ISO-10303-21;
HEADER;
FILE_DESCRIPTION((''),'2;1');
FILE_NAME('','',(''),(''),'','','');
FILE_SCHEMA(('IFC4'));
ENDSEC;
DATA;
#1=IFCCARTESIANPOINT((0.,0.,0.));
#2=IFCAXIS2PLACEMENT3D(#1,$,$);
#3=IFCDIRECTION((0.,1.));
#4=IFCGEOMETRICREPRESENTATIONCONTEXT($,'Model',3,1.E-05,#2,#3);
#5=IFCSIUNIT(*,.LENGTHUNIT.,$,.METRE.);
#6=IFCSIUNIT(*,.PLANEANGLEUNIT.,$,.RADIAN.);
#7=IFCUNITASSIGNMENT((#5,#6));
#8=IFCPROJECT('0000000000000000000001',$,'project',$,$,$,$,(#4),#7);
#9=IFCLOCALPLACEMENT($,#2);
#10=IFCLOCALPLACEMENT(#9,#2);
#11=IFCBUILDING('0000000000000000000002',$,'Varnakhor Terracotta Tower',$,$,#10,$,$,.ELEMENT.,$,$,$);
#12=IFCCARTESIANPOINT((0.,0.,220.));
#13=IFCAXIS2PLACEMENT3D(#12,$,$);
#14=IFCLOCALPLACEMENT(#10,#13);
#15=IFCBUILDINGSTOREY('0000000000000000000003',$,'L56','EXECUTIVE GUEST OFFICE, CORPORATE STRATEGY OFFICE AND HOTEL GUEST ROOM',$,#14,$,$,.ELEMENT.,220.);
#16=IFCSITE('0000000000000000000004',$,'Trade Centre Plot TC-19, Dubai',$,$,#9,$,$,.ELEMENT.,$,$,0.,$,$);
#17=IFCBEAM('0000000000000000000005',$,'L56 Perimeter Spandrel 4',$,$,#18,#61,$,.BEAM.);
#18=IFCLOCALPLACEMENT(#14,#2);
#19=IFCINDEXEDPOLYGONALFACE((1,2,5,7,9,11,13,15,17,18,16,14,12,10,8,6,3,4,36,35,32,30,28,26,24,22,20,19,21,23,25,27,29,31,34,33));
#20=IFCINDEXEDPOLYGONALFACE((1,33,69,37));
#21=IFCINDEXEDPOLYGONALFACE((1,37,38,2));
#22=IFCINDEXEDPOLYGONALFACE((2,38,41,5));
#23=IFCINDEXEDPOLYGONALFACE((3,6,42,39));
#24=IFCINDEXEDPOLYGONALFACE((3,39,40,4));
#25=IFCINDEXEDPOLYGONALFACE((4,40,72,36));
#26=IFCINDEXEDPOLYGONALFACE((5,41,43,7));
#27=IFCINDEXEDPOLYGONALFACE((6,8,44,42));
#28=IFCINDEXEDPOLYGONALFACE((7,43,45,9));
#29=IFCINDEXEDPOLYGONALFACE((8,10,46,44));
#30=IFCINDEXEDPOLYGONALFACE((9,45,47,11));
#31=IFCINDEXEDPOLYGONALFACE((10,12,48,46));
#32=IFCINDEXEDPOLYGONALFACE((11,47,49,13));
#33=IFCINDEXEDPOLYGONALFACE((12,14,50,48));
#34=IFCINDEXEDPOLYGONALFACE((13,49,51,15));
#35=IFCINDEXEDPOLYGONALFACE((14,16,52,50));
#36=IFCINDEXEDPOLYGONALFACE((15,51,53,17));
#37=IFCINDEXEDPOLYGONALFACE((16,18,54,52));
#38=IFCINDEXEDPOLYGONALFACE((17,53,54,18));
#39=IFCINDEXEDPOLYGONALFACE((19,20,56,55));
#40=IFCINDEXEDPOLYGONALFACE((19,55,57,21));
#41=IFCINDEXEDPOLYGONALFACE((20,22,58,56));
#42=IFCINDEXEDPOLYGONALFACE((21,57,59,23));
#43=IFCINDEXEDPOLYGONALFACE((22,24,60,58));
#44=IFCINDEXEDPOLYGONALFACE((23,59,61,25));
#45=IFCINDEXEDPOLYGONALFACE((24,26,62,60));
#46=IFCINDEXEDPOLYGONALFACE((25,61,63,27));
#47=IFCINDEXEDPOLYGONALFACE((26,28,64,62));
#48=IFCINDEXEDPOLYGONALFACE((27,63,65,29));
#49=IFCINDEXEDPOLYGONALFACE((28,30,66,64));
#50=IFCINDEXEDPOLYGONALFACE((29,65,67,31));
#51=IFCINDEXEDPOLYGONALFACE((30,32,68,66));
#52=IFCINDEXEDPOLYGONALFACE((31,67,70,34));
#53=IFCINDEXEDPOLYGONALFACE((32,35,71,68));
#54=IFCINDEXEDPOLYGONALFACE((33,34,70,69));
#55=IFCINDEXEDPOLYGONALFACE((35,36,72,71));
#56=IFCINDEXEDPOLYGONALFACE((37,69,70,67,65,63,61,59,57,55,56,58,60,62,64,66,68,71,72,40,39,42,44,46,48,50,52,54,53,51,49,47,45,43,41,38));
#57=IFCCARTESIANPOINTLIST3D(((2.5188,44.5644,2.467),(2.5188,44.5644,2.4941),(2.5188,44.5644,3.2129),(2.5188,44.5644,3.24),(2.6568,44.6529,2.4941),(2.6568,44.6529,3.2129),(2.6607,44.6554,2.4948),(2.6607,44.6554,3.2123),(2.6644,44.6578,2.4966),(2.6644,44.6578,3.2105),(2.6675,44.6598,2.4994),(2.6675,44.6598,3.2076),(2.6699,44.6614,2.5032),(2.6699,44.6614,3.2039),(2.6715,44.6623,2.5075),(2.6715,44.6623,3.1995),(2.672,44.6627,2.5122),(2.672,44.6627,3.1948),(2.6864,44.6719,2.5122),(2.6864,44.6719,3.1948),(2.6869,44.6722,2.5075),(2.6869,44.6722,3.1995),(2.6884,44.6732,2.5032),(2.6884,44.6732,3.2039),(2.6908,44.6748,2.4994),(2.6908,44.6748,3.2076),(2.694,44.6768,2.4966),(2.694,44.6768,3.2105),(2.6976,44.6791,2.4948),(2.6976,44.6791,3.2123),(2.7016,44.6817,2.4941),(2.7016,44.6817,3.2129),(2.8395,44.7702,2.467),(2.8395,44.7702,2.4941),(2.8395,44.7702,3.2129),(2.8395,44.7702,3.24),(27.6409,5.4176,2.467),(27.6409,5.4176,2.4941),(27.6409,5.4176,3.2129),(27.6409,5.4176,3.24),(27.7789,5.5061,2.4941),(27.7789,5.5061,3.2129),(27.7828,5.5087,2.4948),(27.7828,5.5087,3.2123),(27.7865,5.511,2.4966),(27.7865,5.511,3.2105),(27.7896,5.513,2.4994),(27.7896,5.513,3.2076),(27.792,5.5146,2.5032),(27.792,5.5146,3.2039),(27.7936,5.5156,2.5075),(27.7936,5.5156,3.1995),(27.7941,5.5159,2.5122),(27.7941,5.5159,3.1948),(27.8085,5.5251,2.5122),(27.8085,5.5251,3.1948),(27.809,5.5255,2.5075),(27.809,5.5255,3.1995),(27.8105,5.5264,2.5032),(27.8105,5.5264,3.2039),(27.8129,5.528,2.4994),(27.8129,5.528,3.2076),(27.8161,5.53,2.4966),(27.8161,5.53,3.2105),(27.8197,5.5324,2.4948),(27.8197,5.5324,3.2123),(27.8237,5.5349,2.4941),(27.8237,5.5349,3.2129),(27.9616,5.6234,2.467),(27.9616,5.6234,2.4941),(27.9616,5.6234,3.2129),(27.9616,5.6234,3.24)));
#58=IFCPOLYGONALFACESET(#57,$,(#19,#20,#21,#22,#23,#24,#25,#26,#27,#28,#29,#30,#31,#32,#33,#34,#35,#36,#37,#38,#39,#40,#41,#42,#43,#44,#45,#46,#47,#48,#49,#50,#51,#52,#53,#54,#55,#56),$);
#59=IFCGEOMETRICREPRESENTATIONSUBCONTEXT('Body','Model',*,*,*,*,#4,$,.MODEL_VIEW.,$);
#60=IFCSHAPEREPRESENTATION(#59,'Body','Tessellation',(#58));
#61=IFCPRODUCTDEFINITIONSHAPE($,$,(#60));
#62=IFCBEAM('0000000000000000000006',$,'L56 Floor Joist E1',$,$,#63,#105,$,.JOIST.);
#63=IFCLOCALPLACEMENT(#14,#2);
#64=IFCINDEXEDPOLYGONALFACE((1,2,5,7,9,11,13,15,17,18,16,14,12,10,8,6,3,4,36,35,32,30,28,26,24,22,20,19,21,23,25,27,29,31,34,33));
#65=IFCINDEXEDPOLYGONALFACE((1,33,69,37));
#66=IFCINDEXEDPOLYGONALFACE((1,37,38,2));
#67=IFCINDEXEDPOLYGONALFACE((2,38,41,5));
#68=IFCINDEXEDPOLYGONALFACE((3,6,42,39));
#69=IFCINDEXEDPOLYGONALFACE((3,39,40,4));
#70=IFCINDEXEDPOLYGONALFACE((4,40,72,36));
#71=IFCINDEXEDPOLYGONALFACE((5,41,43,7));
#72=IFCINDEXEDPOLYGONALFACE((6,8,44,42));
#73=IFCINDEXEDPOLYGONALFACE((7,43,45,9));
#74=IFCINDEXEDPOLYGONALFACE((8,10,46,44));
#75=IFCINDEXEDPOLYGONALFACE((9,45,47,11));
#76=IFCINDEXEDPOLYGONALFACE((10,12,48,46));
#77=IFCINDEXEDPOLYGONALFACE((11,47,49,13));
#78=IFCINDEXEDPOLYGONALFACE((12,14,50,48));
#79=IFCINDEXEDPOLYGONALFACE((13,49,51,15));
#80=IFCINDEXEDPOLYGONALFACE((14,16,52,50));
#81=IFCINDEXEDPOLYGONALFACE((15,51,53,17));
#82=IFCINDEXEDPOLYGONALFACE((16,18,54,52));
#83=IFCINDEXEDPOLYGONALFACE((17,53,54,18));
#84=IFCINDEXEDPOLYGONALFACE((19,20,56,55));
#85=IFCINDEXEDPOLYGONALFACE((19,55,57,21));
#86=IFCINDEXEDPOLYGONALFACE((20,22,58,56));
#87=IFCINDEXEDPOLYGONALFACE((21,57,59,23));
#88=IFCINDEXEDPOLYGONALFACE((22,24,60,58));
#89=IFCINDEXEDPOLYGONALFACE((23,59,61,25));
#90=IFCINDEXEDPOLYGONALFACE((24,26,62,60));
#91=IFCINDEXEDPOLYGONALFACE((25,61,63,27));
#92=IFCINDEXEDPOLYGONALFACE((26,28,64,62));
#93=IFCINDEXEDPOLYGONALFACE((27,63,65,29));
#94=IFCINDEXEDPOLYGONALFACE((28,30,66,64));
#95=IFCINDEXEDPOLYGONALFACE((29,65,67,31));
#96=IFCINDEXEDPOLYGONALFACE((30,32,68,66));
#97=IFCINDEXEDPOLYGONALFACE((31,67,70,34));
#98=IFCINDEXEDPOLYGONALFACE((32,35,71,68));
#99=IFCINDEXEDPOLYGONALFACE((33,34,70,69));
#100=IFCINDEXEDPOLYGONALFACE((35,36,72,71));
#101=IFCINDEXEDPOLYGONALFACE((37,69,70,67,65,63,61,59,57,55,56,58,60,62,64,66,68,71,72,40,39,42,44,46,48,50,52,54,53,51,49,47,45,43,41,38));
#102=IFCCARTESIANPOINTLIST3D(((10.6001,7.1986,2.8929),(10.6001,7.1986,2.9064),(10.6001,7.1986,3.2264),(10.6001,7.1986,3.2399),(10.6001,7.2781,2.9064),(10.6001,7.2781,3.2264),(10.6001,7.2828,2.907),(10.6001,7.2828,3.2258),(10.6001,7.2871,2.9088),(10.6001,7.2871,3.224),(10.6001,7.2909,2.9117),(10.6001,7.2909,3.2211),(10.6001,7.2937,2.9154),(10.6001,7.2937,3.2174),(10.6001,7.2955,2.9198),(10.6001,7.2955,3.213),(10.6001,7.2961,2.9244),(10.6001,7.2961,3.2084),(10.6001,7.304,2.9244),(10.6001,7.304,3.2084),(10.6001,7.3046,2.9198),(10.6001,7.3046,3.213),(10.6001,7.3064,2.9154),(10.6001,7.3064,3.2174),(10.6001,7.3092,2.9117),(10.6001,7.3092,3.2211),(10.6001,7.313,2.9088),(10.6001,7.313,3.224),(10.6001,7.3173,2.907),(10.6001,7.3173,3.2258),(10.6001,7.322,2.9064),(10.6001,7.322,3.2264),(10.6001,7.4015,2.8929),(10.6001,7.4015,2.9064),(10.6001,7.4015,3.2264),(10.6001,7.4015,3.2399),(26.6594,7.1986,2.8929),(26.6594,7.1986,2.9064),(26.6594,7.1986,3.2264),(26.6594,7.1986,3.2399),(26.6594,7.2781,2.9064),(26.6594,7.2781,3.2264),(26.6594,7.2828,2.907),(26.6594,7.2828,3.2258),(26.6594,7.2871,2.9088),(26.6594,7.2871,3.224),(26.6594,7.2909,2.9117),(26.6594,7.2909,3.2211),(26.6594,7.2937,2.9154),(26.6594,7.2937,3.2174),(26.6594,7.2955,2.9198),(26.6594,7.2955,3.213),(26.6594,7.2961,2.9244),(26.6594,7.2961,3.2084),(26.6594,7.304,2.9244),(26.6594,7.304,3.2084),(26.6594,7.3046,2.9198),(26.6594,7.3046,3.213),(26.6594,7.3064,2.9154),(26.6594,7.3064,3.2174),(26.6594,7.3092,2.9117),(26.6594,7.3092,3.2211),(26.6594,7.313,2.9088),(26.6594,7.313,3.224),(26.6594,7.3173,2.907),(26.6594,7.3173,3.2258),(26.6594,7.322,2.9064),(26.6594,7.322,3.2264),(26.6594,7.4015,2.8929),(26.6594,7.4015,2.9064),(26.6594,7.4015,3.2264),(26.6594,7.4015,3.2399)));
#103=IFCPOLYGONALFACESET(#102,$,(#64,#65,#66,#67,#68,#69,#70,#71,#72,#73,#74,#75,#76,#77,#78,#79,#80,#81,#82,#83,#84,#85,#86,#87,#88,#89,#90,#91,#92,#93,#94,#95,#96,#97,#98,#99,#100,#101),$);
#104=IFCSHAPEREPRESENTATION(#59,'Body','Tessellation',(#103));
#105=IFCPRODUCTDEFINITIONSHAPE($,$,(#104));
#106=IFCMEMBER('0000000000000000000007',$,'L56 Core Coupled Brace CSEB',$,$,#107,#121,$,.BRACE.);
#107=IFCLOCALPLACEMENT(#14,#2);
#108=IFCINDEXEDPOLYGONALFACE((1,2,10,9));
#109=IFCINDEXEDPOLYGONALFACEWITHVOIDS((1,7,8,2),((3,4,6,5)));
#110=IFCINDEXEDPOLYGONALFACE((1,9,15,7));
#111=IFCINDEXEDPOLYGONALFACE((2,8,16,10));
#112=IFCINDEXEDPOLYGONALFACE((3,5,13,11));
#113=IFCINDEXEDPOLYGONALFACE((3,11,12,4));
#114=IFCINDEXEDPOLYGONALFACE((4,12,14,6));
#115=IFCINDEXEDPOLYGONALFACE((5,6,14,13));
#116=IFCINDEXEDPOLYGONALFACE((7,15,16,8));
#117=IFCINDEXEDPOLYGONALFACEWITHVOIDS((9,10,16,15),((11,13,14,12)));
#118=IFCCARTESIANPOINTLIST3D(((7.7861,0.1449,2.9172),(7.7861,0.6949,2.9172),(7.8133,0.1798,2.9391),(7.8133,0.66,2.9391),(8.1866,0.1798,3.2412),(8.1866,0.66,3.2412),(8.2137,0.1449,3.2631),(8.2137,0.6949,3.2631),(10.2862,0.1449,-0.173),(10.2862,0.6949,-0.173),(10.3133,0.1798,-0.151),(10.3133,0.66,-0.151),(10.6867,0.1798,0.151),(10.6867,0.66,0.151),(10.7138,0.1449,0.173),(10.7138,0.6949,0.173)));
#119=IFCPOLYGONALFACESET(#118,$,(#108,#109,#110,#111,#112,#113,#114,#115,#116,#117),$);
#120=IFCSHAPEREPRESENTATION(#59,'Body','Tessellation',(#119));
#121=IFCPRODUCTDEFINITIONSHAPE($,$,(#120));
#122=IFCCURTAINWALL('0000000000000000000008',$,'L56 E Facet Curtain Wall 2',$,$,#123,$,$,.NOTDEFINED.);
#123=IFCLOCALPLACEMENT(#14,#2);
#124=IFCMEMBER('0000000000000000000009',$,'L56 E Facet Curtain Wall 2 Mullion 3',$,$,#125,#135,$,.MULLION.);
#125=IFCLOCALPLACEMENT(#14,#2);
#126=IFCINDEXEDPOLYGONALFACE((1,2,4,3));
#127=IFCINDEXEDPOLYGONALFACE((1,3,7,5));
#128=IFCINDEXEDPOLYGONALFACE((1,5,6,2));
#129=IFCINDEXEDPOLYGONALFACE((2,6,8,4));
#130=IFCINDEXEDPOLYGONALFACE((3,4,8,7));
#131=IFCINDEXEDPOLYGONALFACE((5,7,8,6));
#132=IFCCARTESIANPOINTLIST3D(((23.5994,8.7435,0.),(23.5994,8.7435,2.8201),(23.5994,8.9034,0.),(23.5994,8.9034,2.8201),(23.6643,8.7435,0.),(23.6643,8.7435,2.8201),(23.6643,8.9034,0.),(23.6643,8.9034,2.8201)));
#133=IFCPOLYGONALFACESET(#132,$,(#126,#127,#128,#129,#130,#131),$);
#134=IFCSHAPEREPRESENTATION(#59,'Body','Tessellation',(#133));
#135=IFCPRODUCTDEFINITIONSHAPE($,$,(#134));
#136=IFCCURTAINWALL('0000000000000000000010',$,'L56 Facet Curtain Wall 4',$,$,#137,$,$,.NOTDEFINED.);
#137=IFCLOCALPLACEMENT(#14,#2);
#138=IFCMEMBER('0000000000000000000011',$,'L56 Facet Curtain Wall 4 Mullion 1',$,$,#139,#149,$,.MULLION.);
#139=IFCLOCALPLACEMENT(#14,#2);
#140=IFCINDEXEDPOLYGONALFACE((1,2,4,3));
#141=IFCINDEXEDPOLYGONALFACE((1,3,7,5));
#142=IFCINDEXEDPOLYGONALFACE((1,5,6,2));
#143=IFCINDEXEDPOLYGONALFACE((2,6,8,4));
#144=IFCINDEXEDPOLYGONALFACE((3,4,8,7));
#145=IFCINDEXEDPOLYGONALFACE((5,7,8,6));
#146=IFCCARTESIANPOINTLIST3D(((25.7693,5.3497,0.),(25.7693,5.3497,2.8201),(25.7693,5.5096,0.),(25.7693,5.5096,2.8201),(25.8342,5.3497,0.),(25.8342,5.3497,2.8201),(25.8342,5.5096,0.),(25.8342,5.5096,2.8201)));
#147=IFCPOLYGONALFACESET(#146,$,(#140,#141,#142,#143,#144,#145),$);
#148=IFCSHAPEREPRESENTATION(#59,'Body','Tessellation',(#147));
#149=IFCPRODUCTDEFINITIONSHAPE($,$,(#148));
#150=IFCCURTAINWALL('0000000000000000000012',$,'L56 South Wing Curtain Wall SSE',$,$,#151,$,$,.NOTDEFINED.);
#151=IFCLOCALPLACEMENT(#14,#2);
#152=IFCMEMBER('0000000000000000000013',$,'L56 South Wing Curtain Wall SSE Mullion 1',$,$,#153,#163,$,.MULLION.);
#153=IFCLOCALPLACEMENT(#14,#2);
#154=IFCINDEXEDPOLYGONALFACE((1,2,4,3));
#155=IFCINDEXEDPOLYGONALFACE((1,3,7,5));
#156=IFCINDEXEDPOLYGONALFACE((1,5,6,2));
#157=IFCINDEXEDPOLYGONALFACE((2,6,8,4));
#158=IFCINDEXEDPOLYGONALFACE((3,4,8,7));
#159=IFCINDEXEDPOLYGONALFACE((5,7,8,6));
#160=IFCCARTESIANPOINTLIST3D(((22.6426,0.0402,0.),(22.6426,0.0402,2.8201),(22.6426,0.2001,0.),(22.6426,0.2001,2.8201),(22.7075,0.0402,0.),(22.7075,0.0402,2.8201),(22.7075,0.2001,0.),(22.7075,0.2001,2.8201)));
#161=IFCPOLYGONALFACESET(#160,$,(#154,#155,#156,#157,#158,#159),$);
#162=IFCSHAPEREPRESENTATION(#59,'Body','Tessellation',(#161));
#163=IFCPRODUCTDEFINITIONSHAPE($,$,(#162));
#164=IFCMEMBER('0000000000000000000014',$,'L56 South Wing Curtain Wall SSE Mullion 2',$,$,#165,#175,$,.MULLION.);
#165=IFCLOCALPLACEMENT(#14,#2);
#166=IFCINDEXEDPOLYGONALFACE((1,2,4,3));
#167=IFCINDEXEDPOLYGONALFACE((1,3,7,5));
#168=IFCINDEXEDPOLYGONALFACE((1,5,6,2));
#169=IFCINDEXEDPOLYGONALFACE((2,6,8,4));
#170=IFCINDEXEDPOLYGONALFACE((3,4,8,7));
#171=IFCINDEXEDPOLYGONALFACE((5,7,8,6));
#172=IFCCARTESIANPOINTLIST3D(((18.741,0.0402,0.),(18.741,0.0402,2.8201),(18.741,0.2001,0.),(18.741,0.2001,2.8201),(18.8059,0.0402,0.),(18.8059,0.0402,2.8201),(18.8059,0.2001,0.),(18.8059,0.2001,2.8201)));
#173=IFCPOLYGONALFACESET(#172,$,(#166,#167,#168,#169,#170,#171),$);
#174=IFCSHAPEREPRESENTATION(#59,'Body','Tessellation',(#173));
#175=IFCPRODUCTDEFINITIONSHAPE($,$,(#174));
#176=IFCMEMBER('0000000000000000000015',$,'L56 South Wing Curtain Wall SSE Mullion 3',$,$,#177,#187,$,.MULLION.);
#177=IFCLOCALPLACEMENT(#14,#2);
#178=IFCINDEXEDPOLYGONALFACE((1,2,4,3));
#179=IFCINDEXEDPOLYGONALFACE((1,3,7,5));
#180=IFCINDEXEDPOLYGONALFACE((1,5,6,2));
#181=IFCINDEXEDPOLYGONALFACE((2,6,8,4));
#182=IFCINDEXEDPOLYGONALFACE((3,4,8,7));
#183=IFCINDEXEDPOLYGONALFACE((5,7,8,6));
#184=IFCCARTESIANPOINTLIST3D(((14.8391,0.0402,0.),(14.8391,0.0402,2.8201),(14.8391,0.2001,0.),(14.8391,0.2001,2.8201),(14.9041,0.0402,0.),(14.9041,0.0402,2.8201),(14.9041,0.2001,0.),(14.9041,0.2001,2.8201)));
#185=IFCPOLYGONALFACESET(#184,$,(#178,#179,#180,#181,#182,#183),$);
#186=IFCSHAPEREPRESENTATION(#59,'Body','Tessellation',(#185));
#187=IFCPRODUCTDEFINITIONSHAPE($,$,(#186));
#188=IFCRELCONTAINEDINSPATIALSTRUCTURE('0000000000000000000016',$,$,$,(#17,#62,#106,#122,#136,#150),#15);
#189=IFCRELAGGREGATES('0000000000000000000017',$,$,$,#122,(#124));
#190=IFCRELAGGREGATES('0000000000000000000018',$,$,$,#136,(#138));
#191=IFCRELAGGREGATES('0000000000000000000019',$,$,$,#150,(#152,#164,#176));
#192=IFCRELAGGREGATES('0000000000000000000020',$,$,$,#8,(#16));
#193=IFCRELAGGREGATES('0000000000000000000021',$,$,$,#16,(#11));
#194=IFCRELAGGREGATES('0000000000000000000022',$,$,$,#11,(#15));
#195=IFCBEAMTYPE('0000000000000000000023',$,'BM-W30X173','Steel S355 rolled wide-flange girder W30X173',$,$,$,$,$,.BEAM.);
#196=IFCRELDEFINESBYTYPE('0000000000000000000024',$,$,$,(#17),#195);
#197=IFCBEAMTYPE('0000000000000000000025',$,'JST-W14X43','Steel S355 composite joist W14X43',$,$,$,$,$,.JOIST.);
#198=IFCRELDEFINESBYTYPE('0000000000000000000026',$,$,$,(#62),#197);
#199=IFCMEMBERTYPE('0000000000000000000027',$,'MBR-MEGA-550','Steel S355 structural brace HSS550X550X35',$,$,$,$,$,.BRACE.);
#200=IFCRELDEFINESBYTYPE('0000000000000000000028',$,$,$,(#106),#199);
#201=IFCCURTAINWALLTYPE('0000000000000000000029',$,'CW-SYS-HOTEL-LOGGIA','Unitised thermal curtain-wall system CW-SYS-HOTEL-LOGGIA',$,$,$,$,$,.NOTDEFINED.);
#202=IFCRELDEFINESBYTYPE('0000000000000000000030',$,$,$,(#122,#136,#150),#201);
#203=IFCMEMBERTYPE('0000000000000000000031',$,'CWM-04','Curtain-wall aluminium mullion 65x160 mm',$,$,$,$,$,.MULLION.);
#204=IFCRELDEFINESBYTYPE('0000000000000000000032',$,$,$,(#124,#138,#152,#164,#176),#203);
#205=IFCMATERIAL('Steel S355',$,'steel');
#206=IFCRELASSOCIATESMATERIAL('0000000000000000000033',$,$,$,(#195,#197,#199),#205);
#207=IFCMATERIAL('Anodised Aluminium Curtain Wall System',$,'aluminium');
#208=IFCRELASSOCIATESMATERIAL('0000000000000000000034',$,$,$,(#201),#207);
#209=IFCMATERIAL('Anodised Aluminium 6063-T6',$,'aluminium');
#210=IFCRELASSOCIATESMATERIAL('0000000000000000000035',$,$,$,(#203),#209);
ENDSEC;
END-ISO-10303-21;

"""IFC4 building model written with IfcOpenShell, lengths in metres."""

from ifc_helpers import new_model, si_unit, direction, frame, origin, origin_2d, place, context, subcontext, project, spatial, rectangle, hollow_rectangle, i_section, extrude, source, transform, mapped, material, material_profile, profile_set, type_object, type_shapes, element, aggregate, save


model = new_model("IFC4")

# Units and contexts
model_context = context("Model", 3, precision=1e-05, world=origin(), true_north=direction((0.0, 1.0)))
body_context = subcontext(model_context, "Body", "Model", "MODEL_VIEW")
ifc_project = project(units=[si_unit("LENGTHUNIT", "METRE"), si_unit("PLANEANGLEUNIT", "RADIAN")], contexts=[model_context])

# Site, building, storey
site_placement = place(None, origin())
site = spatial("IfcSite", under=ifc_project, at=site_placement, Name="Trade Centre Plot TC-19, Dubai", CompositionType="ELEMENT", RefElevation=0.0)
building_placement = place(site_placement, origin())
building = spatial("IfcBuilding", under=site, at=building_placement, Name="Varnakhor Terracotta Tower", CompositionType="ELEMENT")
storey_placement = place(building_placement, frame((0.0, 0.0, 220.0)))
storey = spatial("IfcBuildingStorey", under=building, at=storey_placement, Name="L56", Description="EXECUTIVE GUEST OFFICE, CORPORATE STRATEGY OFFICE AND HOTEL GUEST ROOM", CompositionType="ELEMENT", Elevation=220.0)

# Beams
ifc_material_1 = material(Name="Steel S355", Category="steel")
ifc_material_profile_1 = material_profile(ifc_material_1, i_section(OverallWidth=0.3811, OverallDepth=0.7729, WebThickness=0.0171, FlangeThickness=0.0271, FilletRadius=0.0181, at=origin_2d()), Name="W30X173")
ifc_profile_set_1 = profile_set([ifc_material_profile_1], Name="Steel S355")
beam_type_1 = type_object("IfcBeamType", Name="BM-W30X173", Description="Steel S355 rolled wide-flange girder W30X173", PredefinedType="BEAM", material=ifc_profile_set_1)
shared_shape_1 = source(origin(), body_context, "Body", "SweptSolid", [
    extrude(i_section(OverallWidth=0.3811, OverallDepth=0.7729, WebThickness=0.0171, FlangeThickness=0.0271, FilletRadius=0.0181, at=origin_2d()), origin(), (0.0, 0.0, 1.0), 46.5144),
])
beam_1_placement = place(storey_placement, frame((27.8013, 5.5205, 2.8535), z_axis=(-0.540093, 0.841605, 0.0), x_axis=(-0.841605, -0.540093, 0.0)))
element("IfcBeam", 1, at=beam_1_placement, inside=storey, type_object=beam_type_1, Name="L56 Perimeter Spandrel 4", PredefinedType="BEAM", context=body_context, shape_type="MappedRepresentation", body=[
    mapped(shared_shape_1, transform((0.0, 0.0, 0.0), scale=1.0)),
])
ifc_material_profile_2 = material_profile(ifc_material_1, i_section(OverallWidth=0.2029, OverallDepth=0.3469, WebThickness=0.0078, FlangeThickness=0.0134, FilletRadius=0.0181, at=origin_2d()), Name="W14X43")
ifc_profile_set_2 = profile_set([ifc_material_profile_2], Name="Steel S355")
beam_type_2 = type_object("IfcBeamType", Name="JST-W14X43", Description="Steel S355 composite joist W14X43", PredefinedType="JOIST", material=ifc_profile_set_2)
shared_shape_2 = source(origin(), body_context, "Body", "SweptSolid", [
    extrude(i_section(OverallWidth=0.2029, OverallDepth=0.3469, WebThickness=0.0078, FlangeThickness=0.0134, FilletRadius=0.0181, at=origin_2d()), origin(), (0.0, 0.0, 1.0), 16.0593),
])
beam_2_placement = place(storey_placement, frame((10.6001, 7.3, 3.0664), z_axis=(1.0, 0.0, 0.0), x_axis=(0.0, 1.0, 0.0)))
element("IfcBeam", 2, at=beam_2_placement, inside=storey, type_object=beam_type_2, Name="L56 Floor Joist E1", PredefinedType="JOIST", context=body_context, shape_type="MappedRepresentation", body=[
    mapped(shared_shape_2, transform((0.0, 0.0, 0.0), scale=1.0)),
])

# Member
ifc_material_profile_3 = material_profile(ifc_material_1, hollow_rectangle(XDim=0.55, YDim=0.55, WallThickness=0.0349, at=origin_2d()), Name="HSS550X550X35")
ifc_profile_set_3 = profile_set([ifc_material_profile_3], Name="Steel S355")
member_type_1 = type_object("IfcMemberType", Name="MBR-MEGA-550", Description="Steel S355 structural brace HSS550X550X35", PredefinedType="BRACE", material=ifc_profile_set_3)
shared_shape_3 = source(origin(), body_context, "Body", "SweptSolid", [
    extrude(hollow_rectangle(XDim=0.55, YDim=0.55, WallThickness=0.0349, at=origin_2d()), origin(), (0.0, 0.0, 1.0), 3.9749),
])
member_1_placement = place(storey_placement, frame((10.5, 0.4199, 0.0), z_axis=(-0.62897, 0.0, 0.777429), x_axis=(0.0, -1.0, 0.0)))
element("IfcMember", 3, at=member_1_placement, inside=storey, type_object=member_type_1, Name="L56 Core Coupled Brace CSEB", PredefinedType="BRACE", context=body_context, shape_type="MappedRepresentation", body=[
    mapped(shared_shape_3, transform((0.0, 0.0, 0.0), scale=1.0)),
])

# Curtain walls, members
ifc_material_2 = material(Name="Anodised Aluminium Curtain Wall System", Category="aluminium")
curtain_wall_type = type_object("IfcCurtainWallType", Name="CW-SYS-HOTEL-LOGGIA", Description="Unitised thermal curtain-wall system CW-SYS-HOTEL-LOGGIA", PredefinedType="NOTDEFINED", material=ifc_material_2)
curtain_wall_1_placement = place(storey_placement, origin())
curtain_wall_1 = element("IfcCurtainWall", 4, at=curtain_wall_1_placement, inside=storey, type_object=curtain_wall_type, Name="L56 E Facet Curtain Wall 2", PredefinedType="NOTDEFINED")
ifc_material_3 = material(Name="Anodised Aluminium 6063-T6", Category="aluminium")
ifc_material_profile_4 = material_profile(ifc_material_3, rectangle(XDim=0.0649, YDim=0.1599, at=origin_2d()), Name="ALU MULLION 65x160")
ifc_profile_set_4 = profile_set([ifc_material_profile_4], Name="Anodised Aluminium 6063-T6")
member_type_2 = type_object("IfcMemberType", Name="CWM-04", Description="Curtain-wall aluminium mullion 65x160 mm", PredefinedType="MULLION", material=ifc_profile_set_4)
shared_shape_4 = source(origin(), body_context, "Body", "SweptSolid", [
    extrude(rectangle(XDim=0.0649, YDim=0.1599, at=origin_2d()), origin(), (0.0, 0.0, 1.0), 2.8201),
])
type_shapes(member_type_2, [shared_shape_4])
member_2_placement = place(storey_placement, frame((23.6318, 8.8235, 0.0), z_axis=(0.0, 0.0, 1.0), x_axis=(1.0, 0.0, 0.0)))
member_2 = element("IfcMember", 5, at=member_2_placement, type_object=member_type_2, Name="L56 E Facet Curtain Wall 2 Mullion 3", PredefinedType="MULLION", context=body_context, shape_type="MappedRepresentation", body=[
    mapped(shared_shape_4, transform((0.0, 0.0, 0.0), scale=1.0)),
])
curtain_wall_2_placement = place(storey_placement, origin())
curtain_wall_2 = element("IfcCurtainWall", 6, at=curtain_wall_2_placement, inside=storey, type_object=curtain_wall_type, Name="L56 Facet Curtain Wall 4", PredefinedType="NOTDEFINED")
member_3_placement = place(storey_placement, frame((25.8018, 5.4297, 0.0), z_axis=(0.0, 0.0, 1.0), x_axis=(1.0, 0.0, 0.0)))
member_3 = element("IfcMember", 7, at=member_3_placement, type_object=member_type_2, Name="L56 Facet Curtain Wall 4 Mullion 1", PredefinedType="MULLION", context=body_context, shape_type="MappedRepresentation", body=[
    mapped(shared_shape_4, transform((0.0, 0.0, 0.0), scale=1.0)),
])

# Curtain wall, members
curtain_wall_3_placement = place(storey_placement, origin())
curtain_wall_3 = element("IfcCurtainWall", 8, at=curtain_wall_3_placement, inside=storey, type_object=curtain_wall_type, Name="L56 South Wing Curtain Wall SSE", PredefinedType="NOTDEFINED")
member_4_placement = place(storey_placement, frame((22.675, 0.1201, 0.0), z_axis=(0.0, 0.0, 1.0), x_axis=(1.0, 0.0, 0.0)))
member_4 = element("IfcMember", 9, at=member_4_placement, type_object=member_type_2, Name="L56 South Wing Curtain Wall SSE Mullion 1", PredefinedType="MULLION", context=body_context, shape_type="MappedRepresentation", body=[
    mapped(shared_shape_4, transform((0.0, 0.0, 0.0), scale=1.0)),
])
member_5_placement = place(storey_placement, frame((18.7734, 0.1201, 0.0), z_axis=(0.0, 0.0, 1.0), x_axis=(1.0, 0.0, 0.0)))
member_5 = element("IfcMember", 10, at=member_5_placement, type_object=member_type_2, Name="L56 South Wing Curtain Wall SSE Mullion 2", PredefinedType="MULLION", context=body_context, shape_type="MappedRepresentation", body=[
    mapped(shared_shape_4, transform((0.0, 0.0, 0.0), scale=1.0)),
])
member_6_placement = place(storey_placement, frame((14.8716, 0.1201, 0.0), z_axis=(0.0, 0.0, 1.0), x_axis=(1.0, 0.0, 0.0)))
member_6 = element("IfcMember", 11, at=member_6_placement, type_object=member_type_2, Name="L56 South Wing Curtain Wall SSE Mullion 3", PredefinedType="MULLION", context=body_context, shape_type="MappedRepresentation", body=[
    mapped(shared_shape_4, transform((0.0, 0.0, 0.0), scale=1.0)),
])

aggregate(curtain_wall_1, [member_2])
aggregate(curtain_wall_2, [member_3])
aggregate(curtain_wall_3, [member_4, member_5, member_6])

save(model, "model.ifc")
